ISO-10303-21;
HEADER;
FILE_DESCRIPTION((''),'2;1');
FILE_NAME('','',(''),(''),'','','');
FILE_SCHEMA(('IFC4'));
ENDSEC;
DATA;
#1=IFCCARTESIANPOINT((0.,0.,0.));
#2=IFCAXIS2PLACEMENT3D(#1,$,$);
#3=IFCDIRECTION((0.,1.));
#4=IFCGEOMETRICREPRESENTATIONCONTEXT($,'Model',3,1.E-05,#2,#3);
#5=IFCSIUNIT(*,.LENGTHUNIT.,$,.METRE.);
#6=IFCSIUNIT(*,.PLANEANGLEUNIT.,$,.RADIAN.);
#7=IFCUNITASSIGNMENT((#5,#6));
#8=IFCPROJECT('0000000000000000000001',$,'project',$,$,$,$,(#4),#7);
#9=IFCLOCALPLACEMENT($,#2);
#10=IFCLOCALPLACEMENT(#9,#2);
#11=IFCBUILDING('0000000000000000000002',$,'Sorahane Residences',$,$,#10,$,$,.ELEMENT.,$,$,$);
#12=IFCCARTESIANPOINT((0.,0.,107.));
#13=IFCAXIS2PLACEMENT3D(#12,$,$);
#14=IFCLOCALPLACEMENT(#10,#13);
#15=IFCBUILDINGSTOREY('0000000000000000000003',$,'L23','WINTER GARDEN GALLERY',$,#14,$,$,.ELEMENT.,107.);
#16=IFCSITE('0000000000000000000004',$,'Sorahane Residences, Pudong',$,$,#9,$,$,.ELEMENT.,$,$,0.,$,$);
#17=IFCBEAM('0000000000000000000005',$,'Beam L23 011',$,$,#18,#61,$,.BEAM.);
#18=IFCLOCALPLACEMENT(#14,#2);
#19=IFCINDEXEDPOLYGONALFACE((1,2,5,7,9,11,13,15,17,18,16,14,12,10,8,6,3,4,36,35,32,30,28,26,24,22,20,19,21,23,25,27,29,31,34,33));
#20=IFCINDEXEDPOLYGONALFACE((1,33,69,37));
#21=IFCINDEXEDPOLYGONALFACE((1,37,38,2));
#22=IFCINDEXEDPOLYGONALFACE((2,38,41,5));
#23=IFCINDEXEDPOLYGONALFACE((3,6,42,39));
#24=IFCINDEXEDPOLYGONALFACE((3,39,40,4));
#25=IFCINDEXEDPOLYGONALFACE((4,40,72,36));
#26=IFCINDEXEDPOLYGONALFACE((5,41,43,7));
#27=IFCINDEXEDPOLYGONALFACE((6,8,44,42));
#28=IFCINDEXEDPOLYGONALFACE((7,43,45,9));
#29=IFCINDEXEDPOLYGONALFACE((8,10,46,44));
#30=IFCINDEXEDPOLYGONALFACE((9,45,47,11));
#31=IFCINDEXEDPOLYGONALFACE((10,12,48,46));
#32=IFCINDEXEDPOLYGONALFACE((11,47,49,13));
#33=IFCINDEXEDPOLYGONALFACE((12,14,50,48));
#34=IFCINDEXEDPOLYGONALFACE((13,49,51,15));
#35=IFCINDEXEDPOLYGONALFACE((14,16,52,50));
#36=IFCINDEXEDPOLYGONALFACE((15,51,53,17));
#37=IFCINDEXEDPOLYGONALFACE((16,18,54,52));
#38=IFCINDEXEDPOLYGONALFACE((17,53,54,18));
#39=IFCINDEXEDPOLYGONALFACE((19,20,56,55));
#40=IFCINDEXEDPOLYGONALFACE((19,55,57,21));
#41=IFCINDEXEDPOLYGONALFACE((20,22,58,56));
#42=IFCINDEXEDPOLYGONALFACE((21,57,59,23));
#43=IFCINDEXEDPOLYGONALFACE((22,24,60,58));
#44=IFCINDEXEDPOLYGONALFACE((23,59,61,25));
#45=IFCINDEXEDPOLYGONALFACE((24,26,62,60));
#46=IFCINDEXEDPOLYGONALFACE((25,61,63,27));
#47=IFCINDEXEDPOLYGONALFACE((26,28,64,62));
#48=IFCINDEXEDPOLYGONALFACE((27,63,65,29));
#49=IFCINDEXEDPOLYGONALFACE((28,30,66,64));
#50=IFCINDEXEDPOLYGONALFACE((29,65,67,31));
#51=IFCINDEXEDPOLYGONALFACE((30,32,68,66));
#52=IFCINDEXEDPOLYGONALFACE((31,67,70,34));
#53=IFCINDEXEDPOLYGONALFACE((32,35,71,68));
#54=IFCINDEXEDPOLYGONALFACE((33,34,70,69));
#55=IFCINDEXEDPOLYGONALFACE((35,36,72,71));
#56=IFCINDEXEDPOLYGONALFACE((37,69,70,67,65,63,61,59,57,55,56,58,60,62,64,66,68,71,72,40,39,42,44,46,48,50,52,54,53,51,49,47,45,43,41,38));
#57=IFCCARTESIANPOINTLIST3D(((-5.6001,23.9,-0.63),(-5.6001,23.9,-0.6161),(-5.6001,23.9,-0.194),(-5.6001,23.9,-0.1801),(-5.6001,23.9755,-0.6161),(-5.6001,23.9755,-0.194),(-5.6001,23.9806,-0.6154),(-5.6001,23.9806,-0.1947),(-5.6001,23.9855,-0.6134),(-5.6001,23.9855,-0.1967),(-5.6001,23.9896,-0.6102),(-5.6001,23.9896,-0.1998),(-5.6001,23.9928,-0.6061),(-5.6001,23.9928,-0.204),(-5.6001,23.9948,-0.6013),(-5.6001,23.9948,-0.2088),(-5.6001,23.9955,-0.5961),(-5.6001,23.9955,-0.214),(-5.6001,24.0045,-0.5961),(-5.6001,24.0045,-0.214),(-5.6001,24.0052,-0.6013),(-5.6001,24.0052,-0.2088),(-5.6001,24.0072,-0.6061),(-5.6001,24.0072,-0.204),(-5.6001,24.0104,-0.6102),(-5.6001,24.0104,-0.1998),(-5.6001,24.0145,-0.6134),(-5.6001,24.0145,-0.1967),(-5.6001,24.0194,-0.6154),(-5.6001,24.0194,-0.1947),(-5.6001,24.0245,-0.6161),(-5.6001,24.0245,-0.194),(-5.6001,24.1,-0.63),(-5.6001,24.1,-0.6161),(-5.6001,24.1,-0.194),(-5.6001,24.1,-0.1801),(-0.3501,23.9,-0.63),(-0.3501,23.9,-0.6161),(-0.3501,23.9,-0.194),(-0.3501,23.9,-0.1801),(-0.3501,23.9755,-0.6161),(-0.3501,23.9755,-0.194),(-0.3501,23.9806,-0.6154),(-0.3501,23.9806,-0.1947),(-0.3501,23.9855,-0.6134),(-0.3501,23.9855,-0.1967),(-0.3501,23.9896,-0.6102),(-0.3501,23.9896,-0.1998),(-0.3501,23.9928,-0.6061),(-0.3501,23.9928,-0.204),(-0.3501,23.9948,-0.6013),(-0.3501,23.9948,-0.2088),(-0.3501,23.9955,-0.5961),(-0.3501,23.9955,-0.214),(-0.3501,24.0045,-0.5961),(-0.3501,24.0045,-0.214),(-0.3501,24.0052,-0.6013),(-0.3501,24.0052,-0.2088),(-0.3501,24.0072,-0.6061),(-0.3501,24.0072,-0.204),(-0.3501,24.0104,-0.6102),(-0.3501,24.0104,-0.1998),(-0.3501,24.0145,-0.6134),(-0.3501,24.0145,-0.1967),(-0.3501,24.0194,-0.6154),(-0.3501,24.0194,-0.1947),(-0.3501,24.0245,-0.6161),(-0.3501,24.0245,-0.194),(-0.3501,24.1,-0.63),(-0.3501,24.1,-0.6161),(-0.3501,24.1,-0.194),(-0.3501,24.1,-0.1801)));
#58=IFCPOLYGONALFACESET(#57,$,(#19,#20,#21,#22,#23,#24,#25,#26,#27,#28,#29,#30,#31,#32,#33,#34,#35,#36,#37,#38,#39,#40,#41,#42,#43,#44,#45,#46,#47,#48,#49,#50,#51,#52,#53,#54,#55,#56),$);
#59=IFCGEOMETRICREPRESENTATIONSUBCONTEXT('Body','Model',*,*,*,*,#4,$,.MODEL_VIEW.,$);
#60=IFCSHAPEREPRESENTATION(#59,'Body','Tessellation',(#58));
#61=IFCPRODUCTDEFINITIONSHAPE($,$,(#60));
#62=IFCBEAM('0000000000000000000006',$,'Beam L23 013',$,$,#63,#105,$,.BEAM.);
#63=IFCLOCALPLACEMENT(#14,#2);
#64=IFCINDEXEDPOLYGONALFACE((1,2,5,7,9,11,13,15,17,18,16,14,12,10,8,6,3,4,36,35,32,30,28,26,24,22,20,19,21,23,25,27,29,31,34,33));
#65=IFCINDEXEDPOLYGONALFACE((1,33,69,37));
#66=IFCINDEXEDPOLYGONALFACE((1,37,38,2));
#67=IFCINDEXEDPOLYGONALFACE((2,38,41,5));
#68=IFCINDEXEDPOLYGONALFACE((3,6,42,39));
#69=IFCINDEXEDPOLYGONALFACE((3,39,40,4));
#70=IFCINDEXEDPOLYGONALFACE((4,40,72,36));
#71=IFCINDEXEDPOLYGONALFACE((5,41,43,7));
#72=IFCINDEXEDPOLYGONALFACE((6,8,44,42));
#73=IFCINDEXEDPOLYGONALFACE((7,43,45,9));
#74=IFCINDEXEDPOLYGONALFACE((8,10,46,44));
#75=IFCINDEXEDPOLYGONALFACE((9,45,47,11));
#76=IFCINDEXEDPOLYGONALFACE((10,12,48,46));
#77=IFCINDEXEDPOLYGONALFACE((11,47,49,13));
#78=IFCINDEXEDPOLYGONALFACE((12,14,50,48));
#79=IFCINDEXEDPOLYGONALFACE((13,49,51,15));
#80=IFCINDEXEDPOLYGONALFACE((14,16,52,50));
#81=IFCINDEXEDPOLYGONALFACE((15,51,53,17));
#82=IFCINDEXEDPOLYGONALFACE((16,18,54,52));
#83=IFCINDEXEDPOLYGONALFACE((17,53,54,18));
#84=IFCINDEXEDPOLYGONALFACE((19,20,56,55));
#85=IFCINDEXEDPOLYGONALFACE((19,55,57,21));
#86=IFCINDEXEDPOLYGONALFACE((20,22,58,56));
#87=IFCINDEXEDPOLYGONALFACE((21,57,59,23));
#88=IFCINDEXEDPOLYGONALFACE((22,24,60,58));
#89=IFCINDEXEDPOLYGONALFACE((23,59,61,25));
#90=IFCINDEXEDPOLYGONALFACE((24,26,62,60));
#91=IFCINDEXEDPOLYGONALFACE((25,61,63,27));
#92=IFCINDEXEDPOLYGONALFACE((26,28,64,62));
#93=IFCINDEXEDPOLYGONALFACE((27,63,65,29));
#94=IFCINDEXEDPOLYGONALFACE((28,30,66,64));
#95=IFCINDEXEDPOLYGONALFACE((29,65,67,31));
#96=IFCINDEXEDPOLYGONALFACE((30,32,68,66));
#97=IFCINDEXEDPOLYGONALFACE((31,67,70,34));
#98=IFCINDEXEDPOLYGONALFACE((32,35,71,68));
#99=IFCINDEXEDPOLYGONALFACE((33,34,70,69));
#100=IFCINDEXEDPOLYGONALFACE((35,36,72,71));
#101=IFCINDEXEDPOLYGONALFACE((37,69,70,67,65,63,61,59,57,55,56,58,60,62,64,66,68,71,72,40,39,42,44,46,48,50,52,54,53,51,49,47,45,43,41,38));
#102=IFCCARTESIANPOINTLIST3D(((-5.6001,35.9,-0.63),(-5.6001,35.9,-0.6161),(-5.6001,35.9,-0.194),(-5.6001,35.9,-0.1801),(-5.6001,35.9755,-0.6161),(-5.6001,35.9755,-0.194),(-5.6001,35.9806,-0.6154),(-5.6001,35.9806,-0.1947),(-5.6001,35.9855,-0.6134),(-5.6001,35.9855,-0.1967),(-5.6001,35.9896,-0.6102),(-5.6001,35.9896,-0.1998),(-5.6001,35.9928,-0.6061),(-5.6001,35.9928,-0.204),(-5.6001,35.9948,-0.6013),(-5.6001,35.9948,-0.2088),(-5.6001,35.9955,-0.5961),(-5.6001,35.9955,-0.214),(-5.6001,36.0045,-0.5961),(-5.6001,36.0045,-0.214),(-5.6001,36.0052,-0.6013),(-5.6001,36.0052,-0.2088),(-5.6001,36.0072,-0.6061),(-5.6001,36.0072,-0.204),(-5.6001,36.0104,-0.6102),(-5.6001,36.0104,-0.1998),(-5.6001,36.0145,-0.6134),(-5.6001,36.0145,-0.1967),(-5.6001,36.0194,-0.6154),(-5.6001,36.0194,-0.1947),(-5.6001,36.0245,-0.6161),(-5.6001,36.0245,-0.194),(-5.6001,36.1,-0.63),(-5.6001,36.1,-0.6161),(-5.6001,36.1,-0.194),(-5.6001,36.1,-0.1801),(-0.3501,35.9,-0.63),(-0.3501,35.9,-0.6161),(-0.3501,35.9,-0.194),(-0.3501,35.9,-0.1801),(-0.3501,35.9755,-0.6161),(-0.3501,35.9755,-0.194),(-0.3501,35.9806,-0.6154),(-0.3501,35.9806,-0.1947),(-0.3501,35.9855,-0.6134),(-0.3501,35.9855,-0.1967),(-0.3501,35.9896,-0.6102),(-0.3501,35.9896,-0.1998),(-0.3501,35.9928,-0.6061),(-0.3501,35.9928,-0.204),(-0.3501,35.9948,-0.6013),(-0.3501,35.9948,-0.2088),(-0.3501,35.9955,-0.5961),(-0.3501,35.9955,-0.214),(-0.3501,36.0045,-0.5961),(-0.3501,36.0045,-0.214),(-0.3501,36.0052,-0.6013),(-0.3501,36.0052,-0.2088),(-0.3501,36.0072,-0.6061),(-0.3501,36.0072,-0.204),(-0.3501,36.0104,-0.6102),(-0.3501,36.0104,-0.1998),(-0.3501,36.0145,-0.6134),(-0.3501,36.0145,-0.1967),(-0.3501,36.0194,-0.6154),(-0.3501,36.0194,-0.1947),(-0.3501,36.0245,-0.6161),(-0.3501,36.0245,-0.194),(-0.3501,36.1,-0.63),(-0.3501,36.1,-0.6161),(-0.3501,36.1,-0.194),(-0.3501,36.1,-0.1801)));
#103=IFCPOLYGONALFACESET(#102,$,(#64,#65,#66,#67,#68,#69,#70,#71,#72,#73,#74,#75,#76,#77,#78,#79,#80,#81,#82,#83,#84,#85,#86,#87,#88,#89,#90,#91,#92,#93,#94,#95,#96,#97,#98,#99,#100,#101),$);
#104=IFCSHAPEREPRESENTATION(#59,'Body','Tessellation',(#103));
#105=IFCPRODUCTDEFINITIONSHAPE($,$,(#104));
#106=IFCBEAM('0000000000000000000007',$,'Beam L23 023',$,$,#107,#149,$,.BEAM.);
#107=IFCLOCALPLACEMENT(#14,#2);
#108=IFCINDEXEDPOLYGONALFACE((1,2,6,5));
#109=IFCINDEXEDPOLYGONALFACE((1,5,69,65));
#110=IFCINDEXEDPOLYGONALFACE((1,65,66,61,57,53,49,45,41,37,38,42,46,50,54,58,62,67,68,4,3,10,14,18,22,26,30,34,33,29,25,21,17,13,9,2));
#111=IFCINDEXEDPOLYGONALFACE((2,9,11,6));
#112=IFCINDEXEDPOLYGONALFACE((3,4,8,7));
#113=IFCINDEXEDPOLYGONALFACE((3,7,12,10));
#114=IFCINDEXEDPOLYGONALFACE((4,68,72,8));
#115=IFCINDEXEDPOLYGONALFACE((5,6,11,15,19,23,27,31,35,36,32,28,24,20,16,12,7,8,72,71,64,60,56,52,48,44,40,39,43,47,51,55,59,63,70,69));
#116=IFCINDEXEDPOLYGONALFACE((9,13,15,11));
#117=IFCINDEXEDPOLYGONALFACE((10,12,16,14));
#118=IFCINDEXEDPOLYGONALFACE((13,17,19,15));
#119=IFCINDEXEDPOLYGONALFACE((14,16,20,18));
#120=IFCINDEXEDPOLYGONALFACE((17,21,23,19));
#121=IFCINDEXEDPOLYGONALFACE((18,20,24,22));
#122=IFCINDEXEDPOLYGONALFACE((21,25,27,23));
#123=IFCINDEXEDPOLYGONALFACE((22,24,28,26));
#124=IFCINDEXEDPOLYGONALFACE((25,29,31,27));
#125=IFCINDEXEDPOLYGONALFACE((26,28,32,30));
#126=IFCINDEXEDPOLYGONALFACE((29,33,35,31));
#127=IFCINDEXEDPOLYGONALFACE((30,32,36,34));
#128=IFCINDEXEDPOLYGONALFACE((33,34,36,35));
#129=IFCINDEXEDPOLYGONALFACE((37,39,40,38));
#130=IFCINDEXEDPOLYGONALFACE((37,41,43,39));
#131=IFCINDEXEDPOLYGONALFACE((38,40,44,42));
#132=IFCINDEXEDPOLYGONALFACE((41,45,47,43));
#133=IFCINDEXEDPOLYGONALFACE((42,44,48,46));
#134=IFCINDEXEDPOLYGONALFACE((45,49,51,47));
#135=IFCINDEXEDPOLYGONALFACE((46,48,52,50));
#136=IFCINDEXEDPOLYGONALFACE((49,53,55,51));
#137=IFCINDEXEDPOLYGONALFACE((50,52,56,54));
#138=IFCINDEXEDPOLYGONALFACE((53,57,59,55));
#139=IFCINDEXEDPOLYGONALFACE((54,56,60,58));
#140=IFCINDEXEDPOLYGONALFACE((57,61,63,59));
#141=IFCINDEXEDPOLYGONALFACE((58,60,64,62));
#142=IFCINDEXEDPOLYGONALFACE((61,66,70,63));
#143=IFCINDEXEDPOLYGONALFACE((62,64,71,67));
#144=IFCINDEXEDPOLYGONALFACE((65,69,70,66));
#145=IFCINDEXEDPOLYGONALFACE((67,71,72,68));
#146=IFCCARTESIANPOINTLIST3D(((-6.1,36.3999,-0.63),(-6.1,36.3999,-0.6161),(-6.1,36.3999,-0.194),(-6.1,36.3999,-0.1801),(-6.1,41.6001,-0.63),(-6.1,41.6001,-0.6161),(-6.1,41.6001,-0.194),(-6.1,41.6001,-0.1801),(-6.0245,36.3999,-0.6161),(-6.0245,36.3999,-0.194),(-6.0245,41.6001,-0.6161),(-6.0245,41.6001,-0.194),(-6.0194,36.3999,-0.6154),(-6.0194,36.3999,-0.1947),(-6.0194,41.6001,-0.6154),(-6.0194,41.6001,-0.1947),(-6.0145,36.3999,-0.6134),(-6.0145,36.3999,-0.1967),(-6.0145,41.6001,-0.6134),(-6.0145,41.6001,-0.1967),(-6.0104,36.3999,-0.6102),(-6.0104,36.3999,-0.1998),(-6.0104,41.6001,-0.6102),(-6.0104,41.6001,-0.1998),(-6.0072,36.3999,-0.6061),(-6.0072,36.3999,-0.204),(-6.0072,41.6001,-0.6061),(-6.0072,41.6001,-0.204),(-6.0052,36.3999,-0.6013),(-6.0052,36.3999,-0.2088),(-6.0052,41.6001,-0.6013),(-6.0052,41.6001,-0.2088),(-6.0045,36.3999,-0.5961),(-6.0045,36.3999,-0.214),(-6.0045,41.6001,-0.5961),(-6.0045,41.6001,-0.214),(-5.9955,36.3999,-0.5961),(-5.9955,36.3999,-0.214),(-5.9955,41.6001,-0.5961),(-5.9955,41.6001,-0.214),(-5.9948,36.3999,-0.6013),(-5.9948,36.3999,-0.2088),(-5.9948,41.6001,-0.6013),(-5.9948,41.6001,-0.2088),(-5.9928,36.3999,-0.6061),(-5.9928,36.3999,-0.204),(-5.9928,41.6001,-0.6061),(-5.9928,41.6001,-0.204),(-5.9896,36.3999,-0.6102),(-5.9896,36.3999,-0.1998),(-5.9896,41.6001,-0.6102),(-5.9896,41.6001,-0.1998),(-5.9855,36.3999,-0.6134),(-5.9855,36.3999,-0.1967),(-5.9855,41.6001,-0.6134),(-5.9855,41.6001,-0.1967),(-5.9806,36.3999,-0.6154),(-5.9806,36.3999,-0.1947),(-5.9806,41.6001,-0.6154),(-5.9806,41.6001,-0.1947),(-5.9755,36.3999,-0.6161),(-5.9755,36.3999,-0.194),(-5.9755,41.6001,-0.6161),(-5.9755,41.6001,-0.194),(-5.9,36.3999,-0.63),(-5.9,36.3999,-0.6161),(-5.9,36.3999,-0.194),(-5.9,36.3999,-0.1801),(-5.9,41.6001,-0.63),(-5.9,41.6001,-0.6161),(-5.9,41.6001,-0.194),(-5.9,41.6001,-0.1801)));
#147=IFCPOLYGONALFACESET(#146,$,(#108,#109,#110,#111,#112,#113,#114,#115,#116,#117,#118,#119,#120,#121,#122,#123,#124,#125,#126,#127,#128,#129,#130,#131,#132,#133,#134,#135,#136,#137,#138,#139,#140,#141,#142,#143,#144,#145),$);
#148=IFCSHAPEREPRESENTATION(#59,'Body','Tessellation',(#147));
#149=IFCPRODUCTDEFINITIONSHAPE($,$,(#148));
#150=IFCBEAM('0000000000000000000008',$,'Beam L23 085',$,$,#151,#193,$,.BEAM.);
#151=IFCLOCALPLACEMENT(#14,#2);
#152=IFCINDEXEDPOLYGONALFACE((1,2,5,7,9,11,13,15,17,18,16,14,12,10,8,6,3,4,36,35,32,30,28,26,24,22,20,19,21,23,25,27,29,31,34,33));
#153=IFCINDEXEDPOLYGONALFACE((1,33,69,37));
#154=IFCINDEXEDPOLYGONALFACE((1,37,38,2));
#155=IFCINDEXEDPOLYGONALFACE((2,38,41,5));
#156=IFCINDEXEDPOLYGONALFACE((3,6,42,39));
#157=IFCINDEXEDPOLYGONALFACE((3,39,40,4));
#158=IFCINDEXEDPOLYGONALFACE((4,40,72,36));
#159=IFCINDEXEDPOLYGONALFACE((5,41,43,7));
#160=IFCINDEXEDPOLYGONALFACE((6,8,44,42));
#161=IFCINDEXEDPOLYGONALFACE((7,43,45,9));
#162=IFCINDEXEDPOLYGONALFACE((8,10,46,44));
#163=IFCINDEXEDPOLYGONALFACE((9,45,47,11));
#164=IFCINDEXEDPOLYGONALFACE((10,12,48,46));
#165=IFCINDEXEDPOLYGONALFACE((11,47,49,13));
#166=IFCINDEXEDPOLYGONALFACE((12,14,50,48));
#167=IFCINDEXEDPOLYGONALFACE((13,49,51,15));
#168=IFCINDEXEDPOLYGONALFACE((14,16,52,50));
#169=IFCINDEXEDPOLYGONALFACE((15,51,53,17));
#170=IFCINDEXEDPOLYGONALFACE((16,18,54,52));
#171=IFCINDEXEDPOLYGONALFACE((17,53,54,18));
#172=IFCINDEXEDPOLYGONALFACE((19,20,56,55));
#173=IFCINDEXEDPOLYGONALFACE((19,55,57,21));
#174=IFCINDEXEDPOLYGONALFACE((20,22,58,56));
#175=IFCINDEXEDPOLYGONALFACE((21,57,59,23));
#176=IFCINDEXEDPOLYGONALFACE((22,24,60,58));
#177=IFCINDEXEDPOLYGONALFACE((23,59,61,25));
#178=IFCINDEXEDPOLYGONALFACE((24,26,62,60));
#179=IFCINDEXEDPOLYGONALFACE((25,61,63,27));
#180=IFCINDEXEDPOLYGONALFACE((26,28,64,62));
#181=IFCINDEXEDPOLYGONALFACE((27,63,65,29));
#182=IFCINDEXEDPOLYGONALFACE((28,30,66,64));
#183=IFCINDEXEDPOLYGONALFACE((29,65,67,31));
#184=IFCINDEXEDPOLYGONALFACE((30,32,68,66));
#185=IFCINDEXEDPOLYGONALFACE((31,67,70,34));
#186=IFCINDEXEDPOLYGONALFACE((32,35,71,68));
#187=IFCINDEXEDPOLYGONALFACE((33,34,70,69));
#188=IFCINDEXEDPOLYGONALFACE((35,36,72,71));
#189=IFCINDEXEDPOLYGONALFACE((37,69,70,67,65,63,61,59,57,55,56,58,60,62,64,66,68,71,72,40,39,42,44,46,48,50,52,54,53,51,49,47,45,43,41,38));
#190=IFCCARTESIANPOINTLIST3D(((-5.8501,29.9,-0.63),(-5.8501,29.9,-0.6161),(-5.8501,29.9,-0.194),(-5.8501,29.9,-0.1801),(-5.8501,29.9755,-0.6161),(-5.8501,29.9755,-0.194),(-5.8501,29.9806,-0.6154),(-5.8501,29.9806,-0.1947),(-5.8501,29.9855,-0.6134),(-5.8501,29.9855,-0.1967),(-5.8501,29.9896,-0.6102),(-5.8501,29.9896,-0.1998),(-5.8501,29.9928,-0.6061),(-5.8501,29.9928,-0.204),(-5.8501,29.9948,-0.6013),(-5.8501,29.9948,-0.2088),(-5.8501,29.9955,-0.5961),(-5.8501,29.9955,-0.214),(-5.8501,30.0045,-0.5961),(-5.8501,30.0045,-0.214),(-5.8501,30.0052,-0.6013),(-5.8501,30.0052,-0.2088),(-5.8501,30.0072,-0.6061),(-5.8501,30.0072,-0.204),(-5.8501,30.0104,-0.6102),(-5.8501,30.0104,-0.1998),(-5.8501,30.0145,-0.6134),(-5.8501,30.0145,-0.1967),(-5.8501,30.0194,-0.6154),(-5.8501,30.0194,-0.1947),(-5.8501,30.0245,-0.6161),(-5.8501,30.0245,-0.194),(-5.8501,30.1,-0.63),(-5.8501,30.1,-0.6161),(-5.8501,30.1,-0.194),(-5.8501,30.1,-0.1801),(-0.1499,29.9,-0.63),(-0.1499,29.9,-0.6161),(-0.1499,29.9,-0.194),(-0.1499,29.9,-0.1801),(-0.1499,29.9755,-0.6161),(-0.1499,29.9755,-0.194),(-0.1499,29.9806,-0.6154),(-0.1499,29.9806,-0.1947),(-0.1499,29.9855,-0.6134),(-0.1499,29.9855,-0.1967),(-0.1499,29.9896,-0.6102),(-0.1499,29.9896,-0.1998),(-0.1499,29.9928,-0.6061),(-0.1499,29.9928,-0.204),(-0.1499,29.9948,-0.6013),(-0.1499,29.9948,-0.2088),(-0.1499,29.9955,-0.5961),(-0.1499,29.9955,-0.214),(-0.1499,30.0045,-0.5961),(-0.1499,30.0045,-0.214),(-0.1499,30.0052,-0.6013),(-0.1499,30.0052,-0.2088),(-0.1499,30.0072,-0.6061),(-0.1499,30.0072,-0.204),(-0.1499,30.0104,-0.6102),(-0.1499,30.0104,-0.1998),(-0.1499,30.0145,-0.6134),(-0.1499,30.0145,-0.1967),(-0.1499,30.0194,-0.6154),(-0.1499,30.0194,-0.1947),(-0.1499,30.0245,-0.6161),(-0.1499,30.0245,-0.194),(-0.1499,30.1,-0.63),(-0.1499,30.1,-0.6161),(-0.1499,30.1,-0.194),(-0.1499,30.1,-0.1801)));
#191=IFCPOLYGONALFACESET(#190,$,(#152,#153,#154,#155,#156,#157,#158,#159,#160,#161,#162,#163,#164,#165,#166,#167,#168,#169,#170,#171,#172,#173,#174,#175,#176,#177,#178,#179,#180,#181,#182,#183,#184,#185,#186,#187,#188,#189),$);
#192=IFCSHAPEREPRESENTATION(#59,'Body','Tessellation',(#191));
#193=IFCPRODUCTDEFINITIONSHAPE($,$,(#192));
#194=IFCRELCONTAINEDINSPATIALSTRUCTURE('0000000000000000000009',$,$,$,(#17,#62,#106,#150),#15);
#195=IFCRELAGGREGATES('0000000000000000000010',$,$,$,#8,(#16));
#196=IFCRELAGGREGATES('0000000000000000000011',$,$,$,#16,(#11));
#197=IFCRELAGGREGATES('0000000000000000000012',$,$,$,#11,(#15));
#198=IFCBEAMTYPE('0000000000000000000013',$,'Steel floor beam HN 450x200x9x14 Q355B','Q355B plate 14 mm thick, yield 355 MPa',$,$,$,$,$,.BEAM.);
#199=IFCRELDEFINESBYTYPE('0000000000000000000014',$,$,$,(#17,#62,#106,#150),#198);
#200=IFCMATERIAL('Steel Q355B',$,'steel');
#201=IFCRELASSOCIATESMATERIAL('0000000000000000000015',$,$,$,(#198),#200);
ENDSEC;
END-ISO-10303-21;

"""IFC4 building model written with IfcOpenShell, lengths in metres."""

from ifc_helpers import new_model, si_unit, direction, frame, origin, origin_2d, place, context, subcontext, project, spatial, i_section, extrude, material, material_profile, profile_set, type_object, element, save


model = new_model("IFC4")

# Units and contexts
model_context = context("Model", 3, precision=1e-05, world=origin(), true_north=direction((0.0, 1.0)))
body_context = subcontext(model_context, "Body", "Model", "MODEL_VIEW")
ifc_project = project(units=[si_unit("LENGTHUNIT", "METRE"), si_unit("PLANEANGLEUNIT", "RADIAN")], contexts=[model_context])

# Site, building, storey
site_placement = place(None, origin())
site = spatial("IfcSite", under=ifc_project, at=site_placement, Name="Sorahane Residences, Pudong", CompositionType="ELEMENT", RefElevation=0.0)
building_placement = place(site_placement, origin())
building = spatial("IfcBuilding", under=site, at=building_placement, Name="Sorahane Residences", CompositionType="ELEMENT")
storey_placement = place(building_placement, frame((0.0, 0.0, 107.0)))
storey = spatial("IfcBuildingStorey", under=building, at=storey_placement, Name="L23", Description="WINTER GARDEN GALLERY", CompositionType="ELEMENT", Elevation=107.0)

# Beams
ifc_material_1 = material(Name="Steel Q355B", Category="steel")
ifc_material_profile_1 = material_profile(ifc_material_1, i_section(OverallWidth=0.2, OverallDepth=0.45, WebThickness=0.009, FlangeThickness=0.0139, FilletRadius=0.02, at=origin_2d()), Name="HN 450x200x9x14")
ifc_profile_set_1 = profile_set([ifc_material_profile_1], Name="Steel Q355B")
beam_type_1 = type_object("IfcBeamType", Name="Steel floor beam HN 450x200x9x14 Q355B", Description="Q355B plate 14 mm thick, yield 355 MPa", PredefinedType="BEAM", material=ifc_profile_set_1)
for number, where, z_axis, x_axis, name in (
    (1, (-5.6001, 24.0, -0.405), (1.0, 0.0, 0.0), (0.0, 1.0, 0.0), "Beam L23 011"),
    (2, (-5.6001, 36.0, -0.405), (1.0, 0.0, 0.0), (0.0, 1.0, 0.0), "Beam L23 013"),
):
    element("IfcBeam", number, at=place(storey_placement, frame(where, z_axis=z_axis, x_axis=x_axis)), inside=storey, type_object=beam_type_1, Name=name, PredefinedType="BEAM", context=body_context, shape_type="SweptSolid", body=[
        extrude(i_section(OverallWidth=0.2, OverallDepth=0.45, WebThickness=0.009, FlangeThickness=0.0139, FilletRadius=0.02, at=origin_2d()), origin(), (0.0, 0.0, 1.0), 5.25),
    ])
beam_1_placement = place(storey_placement, frame((-6.0, 36.3999, -0.405), z_axis=(0.0, 1.0, 0.0), x_axis=(-1.0, 0.0, 0.0)))
element("IfcBeam", 3, at=beam_1_placement, inside=storey, type_object=beam_type_1, Name="Beam L23 023", PredefinedType="BEAM", context=body_context, shape_type="SweptSolid", body=[
    extrude(i_section(OverallWidth=0.2, OverallDepth=0.45, WebThickness=0.009, FlangeThickness=0.0139, FilletRadius=0.02, at=origin_2d()), origin(), (0.0, 0.0, 1.0), 5.2002),
])
beam_2_placement = place(storey_placement, frame((-5.8501, 30.0, -0.405), z_axis=(1.0, 0.0, 0.0), x_axis=(0.0, 1.0, 0.0)))
element("IfcBeam", 4, at=beam_2_placement, inside=storey, type_object=beam_type_1, Name="Beam L23 085", PredefinedType="BEAM", context=body_context, shape_type="SweptSolid", body=[
    extrude(i_section(OverallWidth=0.2, OverallDepth=0.45, WebThickness=0.009, FlangeThickness=0.0139, FilletRadius=0.02, at=origin_2d()), origin(), (0.0, 0.0, 1.0), 5.7002),
])

save(model, "model.ifc")
